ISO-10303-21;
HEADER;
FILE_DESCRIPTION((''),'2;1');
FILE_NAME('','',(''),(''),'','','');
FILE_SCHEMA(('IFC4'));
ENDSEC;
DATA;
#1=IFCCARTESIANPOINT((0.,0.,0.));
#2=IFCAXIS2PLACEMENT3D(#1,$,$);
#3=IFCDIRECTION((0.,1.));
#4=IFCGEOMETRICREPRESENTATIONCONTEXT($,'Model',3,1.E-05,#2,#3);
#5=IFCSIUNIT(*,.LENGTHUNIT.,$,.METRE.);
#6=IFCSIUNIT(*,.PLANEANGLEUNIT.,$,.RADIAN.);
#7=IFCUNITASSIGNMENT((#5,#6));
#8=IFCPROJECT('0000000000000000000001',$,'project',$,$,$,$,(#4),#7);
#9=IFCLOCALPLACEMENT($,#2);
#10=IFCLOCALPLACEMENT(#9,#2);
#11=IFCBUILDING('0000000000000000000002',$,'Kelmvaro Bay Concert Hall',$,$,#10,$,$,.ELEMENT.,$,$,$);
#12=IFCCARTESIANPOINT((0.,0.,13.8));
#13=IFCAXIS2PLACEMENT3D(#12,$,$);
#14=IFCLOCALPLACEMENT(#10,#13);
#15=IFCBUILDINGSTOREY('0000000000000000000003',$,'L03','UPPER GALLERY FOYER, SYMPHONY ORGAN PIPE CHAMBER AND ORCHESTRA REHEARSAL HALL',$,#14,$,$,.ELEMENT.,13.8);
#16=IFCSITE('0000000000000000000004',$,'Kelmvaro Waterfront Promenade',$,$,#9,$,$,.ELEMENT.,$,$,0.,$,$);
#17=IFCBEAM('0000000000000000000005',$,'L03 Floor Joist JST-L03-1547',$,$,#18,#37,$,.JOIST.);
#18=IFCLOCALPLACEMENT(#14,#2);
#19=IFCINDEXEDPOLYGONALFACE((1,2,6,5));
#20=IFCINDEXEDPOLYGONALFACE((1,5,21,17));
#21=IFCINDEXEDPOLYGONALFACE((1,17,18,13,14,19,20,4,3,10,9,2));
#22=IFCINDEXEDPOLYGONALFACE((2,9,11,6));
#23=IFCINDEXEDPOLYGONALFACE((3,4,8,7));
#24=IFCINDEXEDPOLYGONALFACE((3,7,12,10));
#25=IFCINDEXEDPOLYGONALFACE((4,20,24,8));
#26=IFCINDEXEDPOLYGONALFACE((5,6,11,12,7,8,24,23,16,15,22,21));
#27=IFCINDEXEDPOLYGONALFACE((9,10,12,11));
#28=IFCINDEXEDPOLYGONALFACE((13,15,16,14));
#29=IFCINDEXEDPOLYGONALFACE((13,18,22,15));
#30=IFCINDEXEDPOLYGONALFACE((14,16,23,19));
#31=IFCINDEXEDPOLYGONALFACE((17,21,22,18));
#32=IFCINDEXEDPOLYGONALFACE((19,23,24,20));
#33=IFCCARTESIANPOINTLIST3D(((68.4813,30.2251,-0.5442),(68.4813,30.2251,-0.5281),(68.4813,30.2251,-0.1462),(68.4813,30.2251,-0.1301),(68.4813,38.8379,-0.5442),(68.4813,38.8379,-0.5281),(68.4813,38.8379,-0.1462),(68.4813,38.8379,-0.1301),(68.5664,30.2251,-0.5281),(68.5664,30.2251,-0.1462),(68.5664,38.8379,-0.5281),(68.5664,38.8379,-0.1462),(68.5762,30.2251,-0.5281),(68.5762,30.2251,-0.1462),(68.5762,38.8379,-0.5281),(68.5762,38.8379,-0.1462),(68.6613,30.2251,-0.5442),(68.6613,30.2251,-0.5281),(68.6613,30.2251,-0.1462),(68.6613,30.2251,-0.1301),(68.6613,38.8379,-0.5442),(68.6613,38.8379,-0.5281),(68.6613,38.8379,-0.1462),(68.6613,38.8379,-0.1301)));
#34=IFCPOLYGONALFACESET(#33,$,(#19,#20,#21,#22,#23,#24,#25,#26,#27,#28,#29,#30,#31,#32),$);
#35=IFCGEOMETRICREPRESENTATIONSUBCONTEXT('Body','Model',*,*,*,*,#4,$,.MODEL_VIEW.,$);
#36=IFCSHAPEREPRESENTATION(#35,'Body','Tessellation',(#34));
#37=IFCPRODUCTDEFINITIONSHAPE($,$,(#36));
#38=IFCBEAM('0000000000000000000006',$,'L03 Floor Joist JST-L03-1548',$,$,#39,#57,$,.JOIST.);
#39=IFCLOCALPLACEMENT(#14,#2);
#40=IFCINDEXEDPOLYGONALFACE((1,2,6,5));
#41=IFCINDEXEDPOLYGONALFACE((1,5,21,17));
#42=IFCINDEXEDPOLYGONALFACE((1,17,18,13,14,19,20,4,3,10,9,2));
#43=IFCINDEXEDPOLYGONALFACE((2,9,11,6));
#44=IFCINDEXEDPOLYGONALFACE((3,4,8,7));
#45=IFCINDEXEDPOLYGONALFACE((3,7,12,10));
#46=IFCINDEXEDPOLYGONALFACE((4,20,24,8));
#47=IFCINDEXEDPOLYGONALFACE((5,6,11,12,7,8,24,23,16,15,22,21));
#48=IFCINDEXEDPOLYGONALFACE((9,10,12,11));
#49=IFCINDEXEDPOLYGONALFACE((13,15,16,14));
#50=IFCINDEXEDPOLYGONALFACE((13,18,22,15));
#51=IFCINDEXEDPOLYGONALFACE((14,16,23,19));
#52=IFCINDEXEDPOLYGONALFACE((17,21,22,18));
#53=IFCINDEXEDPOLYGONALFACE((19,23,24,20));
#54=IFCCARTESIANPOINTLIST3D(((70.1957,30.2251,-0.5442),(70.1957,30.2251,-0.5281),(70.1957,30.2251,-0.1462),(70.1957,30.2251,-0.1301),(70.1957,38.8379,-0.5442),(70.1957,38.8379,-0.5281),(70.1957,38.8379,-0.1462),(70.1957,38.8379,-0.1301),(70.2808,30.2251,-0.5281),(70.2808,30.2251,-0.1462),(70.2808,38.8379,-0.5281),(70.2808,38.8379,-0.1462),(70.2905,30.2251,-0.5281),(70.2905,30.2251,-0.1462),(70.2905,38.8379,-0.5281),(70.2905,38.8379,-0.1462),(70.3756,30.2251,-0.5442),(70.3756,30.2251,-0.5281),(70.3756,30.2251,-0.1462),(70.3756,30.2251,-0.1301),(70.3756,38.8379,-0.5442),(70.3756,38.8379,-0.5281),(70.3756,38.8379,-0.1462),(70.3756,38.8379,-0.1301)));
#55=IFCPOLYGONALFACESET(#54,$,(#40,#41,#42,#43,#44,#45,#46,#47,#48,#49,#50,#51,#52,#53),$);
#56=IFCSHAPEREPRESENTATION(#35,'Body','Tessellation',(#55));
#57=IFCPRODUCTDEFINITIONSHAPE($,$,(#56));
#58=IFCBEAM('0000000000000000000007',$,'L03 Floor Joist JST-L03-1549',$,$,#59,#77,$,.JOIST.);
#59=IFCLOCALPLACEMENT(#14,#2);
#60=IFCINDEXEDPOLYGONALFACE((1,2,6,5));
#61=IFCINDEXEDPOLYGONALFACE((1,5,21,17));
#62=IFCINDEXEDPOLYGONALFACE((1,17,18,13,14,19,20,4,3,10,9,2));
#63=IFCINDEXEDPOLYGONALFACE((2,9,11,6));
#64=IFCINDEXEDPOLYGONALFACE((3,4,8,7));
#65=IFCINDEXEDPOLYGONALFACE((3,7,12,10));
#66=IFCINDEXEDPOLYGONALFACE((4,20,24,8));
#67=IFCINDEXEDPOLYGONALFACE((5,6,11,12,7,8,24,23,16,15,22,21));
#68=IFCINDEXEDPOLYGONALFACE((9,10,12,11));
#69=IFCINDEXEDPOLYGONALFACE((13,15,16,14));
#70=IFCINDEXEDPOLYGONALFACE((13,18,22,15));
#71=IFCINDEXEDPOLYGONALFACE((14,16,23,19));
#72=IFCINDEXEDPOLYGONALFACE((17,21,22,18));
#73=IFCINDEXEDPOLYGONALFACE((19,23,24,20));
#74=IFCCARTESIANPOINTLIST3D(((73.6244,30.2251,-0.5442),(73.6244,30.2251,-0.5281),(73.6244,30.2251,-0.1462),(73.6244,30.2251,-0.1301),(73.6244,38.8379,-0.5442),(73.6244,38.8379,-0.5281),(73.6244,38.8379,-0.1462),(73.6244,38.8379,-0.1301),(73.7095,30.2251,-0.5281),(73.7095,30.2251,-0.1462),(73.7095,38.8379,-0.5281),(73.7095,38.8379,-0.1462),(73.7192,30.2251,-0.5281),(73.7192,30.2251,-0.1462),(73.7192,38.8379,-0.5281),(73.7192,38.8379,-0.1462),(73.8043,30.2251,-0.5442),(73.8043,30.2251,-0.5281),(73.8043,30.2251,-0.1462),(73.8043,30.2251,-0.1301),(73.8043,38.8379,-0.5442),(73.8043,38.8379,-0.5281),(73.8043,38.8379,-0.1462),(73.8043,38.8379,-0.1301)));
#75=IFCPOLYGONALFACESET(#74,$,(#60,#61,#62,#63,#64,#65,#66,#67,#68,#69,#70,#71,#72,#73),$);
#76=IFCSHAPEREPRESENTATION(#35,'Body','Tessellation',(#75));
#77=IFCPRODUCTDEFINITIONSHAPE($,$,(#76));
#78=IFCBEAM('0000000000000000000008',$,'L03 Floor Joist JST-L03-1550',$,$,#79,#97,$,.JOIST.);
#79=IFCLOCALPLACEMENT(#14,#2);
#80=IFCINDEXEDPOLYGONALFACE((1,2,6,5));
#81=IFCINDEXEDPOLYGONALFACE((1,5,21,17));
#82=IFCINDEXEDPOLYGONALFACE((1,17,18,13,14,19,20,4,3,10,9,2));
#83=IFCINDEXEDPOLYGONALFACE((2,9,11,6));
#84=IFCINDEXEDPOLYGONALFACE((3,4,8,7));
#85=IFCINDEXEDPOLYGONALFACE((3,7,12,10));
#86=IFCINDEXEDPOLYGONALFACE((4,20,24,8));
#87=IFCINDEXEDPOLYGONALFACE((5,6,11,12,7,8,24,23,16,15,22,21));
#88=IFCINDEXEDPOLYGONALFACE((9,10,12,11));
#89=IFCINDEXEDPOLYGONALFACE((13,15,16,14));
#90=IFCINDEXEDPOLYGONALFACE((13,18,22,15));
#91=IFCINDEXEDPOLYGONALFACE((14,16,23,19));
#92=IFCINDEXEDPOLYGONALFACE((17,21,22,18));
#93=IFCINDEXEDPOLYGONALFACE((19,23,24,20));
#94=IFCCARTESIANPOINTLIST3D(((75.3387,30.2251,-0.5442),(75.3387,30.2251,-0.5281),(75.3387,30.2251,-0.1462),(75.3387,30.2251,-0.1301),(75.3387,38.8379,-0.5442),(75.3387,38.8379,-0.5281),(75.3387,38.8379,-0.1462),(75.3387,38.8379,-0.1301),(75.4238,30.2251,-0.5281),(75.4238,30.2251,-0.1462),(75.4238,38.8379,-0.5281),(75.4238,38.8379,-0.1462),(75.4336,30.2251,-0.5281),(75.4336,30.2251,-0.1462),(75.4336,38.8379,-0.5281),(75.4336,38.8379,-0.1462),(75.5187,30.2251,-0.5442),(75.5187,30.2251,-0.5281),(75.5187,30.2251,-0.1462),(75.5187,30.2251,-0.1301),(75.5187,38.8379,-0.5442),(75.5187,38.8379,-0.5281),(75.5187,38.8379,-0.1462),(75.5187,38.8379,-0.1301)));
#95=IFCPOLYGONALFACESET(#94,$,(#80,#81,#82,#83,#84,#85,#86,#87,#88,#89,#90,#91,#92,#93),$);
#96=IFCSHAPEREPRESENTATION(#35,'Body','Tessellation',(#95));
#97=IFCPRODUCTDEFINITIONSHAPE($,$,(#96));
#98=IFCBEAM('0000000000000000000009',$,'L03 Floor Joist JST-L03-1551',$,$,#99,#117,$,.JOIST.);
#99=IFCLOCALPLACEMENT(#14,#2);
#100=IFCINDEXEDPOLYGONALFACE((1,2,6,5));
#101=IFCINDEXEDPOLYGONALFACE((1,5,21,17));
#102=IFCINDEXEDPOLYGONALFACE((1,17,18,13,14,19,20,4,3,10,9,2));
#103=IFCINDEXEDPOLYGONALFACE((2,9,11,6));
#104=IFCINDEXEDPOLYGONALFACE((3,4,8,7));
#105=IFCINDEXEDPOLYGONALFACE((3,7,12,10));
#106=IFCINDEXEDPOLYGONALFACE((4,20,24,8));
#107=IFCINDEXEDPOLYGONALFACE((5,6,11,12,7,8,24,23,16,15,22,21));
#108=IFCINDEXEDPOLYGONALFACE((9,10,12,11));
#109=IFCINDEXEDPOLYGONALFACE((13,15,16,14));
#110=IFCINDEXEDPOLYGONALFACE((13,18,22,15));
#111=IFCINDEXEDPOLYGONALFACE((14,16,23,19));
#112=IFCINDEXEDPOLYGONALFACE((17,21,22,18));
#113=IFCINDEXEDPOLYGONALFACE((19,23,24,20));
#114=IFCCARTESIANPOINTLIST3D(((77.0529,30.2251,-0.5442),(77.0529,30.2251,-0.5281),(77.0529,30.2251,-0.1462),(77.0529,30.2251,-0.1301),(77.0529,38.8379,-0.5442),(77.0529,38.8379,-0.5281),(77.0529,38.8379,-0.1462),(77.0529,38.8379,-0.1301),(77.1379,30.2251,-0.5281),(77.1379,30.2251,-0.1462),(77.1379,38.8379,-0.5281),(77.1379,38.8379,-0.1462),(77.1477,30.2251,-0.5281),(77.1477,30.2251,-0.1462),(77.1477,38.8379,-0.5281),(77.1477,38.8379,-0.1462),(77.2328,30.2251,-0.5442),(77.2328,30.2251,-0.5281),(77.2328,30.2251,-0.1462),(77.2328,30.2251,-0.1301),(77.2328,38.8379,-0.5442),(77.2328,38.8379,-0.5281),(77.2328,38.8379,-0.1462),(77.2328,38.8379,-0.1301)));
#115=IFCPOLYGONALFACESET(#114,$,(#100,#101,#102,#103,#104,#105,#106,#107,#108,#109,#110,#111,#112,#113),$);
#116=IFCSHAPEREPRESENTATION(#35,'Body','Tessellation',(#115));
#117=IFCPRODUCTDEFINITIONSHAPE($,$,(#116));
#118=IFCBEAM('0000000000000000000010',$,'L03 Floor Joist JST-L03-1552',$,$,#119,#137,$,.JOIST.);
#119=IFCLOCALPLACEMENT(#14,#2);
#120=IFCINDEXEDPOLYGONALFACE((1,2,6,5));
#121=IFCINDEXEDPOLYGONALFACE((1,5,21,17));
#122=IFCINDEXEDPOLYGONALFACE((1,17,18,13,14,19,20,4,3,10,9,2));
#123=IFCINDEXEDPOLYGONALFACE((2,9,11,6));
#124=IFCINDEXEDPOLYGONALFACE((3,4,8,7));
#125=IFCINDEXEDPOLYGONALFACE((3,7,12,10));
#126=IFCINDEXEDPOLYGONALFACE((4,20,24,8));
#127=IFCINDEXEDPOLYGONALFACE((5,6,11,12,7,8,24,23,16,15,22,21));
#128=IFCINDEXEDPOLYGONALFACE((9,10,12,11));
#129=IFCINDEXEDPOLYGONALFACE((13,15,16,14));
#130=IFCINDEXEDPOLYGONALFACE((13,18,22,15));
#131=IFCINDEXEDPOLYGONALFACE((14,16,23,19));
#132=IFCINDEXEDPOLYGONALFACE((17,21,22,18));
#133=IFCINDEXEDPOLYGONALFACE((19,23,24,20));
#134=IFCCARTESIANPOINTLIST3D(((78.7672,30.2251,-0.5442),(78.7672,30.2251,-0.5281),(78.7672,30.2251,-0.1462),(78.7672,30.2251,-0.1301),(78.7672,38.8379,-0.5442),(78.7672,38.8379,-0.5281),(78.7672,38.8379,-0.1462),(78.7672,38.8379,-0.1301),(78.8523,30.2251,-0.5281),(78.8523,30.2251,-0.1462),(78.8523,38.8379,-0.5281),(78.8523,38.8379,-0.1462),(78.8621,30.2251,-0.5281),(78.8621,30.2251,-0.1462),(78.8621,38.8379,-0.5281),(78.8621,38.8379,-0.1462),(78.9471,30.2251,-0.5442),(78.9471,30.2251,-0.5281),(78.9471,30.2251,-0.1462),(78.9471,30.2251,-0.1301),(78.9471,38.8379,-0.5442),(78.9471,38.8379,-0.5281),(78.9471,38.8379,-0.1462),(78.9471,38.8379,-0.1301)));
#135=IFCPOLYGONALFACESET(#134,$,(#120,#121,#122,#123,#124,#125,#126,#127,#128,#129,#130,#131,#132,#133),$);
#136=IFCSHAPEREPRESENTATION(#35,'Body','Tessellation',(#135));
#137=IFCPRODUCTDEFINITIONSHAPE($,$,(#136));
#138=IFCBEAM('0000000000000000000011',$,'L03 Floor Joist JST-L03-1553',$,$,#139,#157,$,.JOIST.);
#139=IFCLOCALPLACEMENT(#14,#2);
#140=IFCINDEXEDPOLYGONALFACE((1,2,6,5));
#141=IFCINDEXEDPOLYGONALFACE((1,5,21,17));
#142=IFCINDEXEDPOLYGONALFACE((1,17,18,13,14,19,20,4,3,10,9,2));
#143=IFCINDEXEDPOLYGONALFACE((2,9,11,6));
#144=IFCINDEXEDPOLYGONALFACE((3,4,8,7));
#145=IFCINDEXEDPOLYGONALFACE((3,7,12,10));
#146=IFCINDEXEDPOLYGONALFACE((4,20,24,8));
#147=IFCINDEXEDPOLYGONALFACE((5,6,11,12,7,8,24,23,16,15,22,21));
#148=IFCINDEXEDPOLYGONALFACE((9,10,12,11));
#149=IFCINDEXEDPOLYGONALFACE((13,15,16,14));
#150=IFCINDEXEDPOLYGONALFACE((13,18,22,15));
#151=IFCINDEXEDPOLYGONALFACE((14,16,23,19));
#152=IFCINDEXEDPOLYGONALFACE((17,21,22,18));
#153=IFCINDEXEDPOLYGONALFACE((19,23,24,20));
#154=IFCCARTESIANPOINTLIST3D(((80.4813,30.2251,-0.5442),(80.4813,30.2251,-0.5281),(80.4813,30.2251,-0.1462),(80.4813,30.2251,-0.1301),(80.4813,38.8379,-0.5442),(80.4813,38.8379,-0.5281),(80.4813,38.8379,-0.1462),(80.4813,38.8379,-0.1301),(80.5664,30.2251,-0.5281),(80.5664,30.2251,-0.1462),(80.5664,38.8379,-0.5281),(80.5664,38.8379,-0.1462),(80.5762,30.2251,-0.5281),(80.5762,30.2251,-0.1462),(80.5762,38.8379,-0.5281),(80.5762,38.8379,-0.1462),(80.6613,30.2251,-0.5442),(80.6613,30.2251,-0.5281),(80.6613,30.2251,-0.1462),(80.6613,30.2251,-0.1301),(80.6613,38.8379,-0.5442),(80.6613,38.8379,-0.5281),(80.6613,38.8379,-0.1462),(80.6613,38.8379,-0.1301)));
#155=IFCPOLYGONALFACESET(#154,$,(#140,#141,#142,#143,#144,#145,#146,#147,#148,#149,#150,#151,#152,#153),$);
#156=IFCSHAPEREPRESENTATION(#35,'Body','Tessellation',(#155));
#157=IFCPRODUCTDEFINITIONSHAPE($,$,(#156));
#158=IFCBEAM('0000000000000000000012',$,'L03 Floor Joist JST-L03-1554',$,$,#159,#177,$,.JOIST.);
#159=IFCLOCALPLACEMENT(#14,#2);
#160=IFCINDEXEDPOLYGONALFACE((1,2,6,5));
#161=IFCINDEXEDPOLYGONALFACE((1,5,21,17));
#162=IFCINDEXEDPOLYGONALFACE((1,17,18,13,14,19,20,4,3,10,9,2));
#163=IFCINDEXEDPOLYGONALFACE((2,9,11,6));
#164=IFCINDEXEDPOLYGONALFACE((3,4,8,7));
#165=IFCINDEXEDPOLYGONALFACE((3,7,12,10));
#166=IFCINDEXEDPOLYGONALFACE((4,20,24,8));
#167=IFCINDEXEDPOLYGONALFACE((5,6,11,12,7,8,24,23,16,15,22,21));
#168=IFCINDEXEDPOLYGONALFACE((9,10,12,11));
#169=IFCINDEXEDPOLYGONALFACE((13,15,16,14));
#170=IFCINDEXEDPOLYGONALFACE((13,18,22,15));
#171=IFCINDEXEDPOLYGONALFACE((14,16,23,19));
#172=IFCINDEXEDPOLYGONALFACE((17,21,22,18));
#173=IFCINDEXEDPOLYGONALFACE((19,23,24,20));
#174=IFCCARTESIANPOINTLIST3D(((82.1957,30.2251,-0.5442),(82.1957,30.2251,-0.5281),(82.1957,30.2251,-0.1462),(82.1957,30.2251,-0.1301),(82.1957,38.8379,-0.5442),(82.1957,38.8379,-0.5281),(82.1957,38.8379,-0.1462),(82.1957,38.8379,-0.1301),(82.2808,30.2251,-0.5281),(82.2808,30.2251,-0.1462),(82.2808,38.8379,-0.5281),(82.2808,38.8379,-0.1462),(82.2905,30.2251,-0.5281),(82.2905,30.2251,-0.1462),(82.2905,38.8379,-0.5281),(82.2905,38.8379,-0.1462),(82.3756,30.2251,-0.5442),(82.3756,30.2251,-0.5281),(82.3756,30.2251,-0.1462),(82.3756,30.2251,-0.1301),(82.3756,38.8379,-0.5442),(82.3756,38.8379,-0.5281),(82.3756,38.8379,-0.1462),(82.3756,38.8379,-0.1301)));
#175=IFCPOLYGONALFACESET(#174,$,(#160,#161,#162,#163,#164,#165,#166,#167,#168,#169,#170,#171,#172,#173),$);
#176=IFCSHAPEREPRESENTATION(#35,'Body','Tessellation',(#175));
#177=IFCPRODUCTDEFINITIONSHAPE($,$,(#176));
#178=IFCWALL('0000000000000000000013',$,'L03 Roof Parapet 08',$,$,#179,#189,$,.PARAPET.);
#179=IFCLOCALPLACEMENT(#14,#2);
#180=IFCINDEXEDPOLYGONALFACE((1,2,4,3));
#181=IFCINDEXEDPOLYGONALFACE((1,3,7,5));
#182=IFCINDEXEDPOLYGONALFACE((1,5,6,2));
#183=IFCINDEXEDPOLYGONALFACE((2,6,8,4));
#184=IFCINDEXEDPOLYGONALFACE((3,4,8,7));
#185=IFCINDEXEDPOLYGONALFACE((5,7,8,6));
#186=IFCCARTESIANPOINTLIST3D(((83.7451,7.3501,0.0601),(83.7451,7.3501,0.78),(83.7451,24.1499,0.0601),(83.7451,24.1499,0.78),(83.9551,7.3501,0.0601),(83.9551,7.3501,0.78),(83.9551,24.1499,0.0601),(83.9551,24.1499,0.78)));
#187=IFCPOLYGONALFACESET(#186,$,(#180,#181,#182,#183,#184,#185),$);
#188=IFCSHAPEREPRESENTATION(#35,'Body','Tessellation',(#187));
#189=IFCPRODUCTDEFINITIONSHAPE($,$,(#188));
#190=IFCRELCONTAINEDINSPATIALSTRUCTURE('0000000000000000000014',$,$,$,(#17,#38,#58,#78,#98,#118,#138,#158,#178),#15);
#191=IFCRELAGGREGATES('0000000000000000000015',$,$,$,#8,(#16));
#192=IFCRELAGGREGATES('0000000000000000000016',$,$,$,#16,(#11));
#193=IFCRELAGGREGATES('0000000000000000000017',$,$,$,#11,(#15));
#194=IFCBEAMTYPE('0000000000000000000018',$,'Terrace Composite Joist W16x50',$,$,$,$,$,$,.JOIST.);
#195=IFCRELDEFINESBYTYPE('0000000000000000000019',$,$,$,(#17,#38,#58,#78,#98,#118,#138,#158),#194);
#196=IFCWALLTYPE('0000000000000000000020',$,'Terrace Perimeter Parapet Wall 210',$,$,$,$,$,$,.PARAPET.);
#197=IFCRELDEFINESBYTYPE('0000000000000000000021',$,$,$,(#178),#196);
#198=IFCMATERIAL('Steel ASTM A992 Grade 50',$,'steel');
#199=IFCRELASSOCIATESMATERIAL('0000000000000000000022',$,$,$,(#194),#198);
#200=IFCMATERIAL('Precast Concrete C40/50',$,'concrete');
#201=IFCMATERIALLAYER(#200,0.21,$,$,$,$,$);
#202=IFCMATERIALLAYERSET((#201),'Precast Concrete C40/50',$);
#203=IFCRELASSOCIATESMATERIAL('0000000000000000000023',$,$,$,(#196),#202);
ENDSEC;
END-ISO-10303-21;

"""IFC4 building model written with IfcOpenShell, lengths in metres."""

from ifc_helpers import new_model, si_unit, direction, frame, frame_2d, origin, origin_2d, place, context, subcontext, project, spatial, rectangle, i_section, extrude, material, layer, layer_set, material_profile, profile_set, type_object, element, save


model = new_model("IFC4")

# Units and contexts
model_context = context("Model", 3, precision=1e-05, world=origin(), true_north=direction((0.0, 1.0)))
body_context = subcontext(model_context, "Body", "Model", "MODEL_VIEW")
ifc_project = project(units=[si_unit("LENGTHUNIT", "METRE"), si_unit("PLANEANGLEUNIT", "RADIAN")], contexts=[model_context])

# Site, building, storey
site_placement = place(None, origin())
site = spatial("IfcSite", under=ifc_project, at=site_placement, Name="Kelmvaro Waterfront Promenade", CompositionType="ELEMENT", RefElevation=0.0)
building_placement = place(site_placement, origin())
building = spatial("IfcBuilding", under=site, at=building_placement, Name="Kelmvaro Bay Concert Hall", CompositionType="ELEMENT")
storey_placement = place(building_placement, frame((0.0, 0.0, 13.8)))
storey = spatial("IfcBuildingStorey", under=building, at=storey_placement, Name="L03", Description="UPPER GALLERY FOYER, SYMPHONY ORGAN PIPE CHAMBER AND ORCHESTRA REHEARSAL HALL", CompositionType="ELEMENT", Elevation=13.8)

# Beams
ifc_material_1 = material(Name="Steel ASTM A992 Grade 50", Category="steel")
ifc_material_profile_1 = material_profile(ifc_material_1, i_section(OverallWidth=0.1799, OverallDepth=0.4141, WebThickness=0.0098, FlangeThickness=0.0161, at=origin_2d()), Name="W16X50")
ifc_profile_set_1 = profile_set([ifc_material_profile_1], Name="Steel ASTM A992 Grade 50")
beam_type_1 = type_object("IfcBeamType", Name="Terrace Composite Joist W16x50", PredefinedType="JOIST", material=ifc_profile_set_1)
for number, where, z_axis, x_axis, name in (
    (1, (68.5713, 30.2251, -0.3372), (0.0, 1.0, 0.0), (-1.0, 0.0, 0.0), "L03 Floor Joist JST-L03-1547"),
    (2, (70.2856, 30.2251, -0.3372), (0.0, 1.0, 0.0), (-1.0, 0.0, 0.0), "L03 Floor Joist JST-L03-1548"),
    (3, (73.7144, 30.2251, -0.3372), (0.0, 1.0, 0.0), (-1.0, 0.0, 0.0), "L03 Floor Joist JST-L03-1549"),
    (4, (75.4287, 30.2251, -0.3372), (0.0, 1.0, 0.0), (-1.0, 0.0, 0.0), "L03 Floor Joist JST-L03-1550"),
    (5, (77.1428, 30.2251, -0.3372), (0.0, 1.0, 0.0), (-1.0, 0.0, 0.0), "L03 Floor Joist JST-L03-1551"),
    (6, (78.8572, 30.2251, -0.3372), (0.0, 1.0, 0.0), (-1.0, 0.0, 0.0), "L03 Floor Joist JST-L03-1552"),
    (7, (80.5713, 30.2251, -0.3372), (0.0, 1.0, 0.0), (-1.0, 0.0, 0.0), "L03 Floor Joist JST-L03-1553"),
    (8, (82.2856, 30.2251, -0.3372), (0.0, 1.0, 0.0), (-1.0, 0.0, 0.0), "L03 Floor Joist JST-L03-1554"),
):
    element("IfcBeam", number, at=place(storey_placement, frame(where, z_axis=z_axis, x_axis=x_axis)), inside=storey, type_object=beam_type_1, Name=name, PredefinedType="JOIST", context=body_context, shape_type="SweptSolid", body=[
        extrude(i_section(OverallWidth=0.1799, OverallDepth=0.4141, WebThickness=0.0098, FlangeThickness=0.0161, at=origin_2d()), origin(), (0.0, 0.0, 1.0), 8.6128),
    ])

# Wall
ifc_material_2 = material(Name="Precast Concrete C40/50", Category="concrete")
ifc_layer = layer(ifc_material_2, 0.21)
ifc_layer_set = layer_set([ifc_layer], Name="Precast Concrete C40/50")
wall_type = type_object("IfcWallType", Name="Terrace Perimeter Parapet Wall 210", PredefinedType="PARAPET", material=ifc_layer_set)
wall_placement = place(storey_placement, frame((83.8501, 7.3501, 0.0601), z_axis=(0.0, 0.0, 1.0), x_axis=(0.0, 1.0, 0.0)))
element("IfcWall", 9, at=wall_placement, inside=storey, type_object=wall_type, Name="L03 Roof Parapet 08", PredefinedType="PARAPET", context=body_context, shape_type="SweptSolid", body=[
    extrude(rectangle(XDim=16.7998, YDim=0.21, at=frame_2d((8.3999, 0.0))), origin(), (0.0, 0.0, 1.0), 0.72),
])

save(model, "model.ifc")
